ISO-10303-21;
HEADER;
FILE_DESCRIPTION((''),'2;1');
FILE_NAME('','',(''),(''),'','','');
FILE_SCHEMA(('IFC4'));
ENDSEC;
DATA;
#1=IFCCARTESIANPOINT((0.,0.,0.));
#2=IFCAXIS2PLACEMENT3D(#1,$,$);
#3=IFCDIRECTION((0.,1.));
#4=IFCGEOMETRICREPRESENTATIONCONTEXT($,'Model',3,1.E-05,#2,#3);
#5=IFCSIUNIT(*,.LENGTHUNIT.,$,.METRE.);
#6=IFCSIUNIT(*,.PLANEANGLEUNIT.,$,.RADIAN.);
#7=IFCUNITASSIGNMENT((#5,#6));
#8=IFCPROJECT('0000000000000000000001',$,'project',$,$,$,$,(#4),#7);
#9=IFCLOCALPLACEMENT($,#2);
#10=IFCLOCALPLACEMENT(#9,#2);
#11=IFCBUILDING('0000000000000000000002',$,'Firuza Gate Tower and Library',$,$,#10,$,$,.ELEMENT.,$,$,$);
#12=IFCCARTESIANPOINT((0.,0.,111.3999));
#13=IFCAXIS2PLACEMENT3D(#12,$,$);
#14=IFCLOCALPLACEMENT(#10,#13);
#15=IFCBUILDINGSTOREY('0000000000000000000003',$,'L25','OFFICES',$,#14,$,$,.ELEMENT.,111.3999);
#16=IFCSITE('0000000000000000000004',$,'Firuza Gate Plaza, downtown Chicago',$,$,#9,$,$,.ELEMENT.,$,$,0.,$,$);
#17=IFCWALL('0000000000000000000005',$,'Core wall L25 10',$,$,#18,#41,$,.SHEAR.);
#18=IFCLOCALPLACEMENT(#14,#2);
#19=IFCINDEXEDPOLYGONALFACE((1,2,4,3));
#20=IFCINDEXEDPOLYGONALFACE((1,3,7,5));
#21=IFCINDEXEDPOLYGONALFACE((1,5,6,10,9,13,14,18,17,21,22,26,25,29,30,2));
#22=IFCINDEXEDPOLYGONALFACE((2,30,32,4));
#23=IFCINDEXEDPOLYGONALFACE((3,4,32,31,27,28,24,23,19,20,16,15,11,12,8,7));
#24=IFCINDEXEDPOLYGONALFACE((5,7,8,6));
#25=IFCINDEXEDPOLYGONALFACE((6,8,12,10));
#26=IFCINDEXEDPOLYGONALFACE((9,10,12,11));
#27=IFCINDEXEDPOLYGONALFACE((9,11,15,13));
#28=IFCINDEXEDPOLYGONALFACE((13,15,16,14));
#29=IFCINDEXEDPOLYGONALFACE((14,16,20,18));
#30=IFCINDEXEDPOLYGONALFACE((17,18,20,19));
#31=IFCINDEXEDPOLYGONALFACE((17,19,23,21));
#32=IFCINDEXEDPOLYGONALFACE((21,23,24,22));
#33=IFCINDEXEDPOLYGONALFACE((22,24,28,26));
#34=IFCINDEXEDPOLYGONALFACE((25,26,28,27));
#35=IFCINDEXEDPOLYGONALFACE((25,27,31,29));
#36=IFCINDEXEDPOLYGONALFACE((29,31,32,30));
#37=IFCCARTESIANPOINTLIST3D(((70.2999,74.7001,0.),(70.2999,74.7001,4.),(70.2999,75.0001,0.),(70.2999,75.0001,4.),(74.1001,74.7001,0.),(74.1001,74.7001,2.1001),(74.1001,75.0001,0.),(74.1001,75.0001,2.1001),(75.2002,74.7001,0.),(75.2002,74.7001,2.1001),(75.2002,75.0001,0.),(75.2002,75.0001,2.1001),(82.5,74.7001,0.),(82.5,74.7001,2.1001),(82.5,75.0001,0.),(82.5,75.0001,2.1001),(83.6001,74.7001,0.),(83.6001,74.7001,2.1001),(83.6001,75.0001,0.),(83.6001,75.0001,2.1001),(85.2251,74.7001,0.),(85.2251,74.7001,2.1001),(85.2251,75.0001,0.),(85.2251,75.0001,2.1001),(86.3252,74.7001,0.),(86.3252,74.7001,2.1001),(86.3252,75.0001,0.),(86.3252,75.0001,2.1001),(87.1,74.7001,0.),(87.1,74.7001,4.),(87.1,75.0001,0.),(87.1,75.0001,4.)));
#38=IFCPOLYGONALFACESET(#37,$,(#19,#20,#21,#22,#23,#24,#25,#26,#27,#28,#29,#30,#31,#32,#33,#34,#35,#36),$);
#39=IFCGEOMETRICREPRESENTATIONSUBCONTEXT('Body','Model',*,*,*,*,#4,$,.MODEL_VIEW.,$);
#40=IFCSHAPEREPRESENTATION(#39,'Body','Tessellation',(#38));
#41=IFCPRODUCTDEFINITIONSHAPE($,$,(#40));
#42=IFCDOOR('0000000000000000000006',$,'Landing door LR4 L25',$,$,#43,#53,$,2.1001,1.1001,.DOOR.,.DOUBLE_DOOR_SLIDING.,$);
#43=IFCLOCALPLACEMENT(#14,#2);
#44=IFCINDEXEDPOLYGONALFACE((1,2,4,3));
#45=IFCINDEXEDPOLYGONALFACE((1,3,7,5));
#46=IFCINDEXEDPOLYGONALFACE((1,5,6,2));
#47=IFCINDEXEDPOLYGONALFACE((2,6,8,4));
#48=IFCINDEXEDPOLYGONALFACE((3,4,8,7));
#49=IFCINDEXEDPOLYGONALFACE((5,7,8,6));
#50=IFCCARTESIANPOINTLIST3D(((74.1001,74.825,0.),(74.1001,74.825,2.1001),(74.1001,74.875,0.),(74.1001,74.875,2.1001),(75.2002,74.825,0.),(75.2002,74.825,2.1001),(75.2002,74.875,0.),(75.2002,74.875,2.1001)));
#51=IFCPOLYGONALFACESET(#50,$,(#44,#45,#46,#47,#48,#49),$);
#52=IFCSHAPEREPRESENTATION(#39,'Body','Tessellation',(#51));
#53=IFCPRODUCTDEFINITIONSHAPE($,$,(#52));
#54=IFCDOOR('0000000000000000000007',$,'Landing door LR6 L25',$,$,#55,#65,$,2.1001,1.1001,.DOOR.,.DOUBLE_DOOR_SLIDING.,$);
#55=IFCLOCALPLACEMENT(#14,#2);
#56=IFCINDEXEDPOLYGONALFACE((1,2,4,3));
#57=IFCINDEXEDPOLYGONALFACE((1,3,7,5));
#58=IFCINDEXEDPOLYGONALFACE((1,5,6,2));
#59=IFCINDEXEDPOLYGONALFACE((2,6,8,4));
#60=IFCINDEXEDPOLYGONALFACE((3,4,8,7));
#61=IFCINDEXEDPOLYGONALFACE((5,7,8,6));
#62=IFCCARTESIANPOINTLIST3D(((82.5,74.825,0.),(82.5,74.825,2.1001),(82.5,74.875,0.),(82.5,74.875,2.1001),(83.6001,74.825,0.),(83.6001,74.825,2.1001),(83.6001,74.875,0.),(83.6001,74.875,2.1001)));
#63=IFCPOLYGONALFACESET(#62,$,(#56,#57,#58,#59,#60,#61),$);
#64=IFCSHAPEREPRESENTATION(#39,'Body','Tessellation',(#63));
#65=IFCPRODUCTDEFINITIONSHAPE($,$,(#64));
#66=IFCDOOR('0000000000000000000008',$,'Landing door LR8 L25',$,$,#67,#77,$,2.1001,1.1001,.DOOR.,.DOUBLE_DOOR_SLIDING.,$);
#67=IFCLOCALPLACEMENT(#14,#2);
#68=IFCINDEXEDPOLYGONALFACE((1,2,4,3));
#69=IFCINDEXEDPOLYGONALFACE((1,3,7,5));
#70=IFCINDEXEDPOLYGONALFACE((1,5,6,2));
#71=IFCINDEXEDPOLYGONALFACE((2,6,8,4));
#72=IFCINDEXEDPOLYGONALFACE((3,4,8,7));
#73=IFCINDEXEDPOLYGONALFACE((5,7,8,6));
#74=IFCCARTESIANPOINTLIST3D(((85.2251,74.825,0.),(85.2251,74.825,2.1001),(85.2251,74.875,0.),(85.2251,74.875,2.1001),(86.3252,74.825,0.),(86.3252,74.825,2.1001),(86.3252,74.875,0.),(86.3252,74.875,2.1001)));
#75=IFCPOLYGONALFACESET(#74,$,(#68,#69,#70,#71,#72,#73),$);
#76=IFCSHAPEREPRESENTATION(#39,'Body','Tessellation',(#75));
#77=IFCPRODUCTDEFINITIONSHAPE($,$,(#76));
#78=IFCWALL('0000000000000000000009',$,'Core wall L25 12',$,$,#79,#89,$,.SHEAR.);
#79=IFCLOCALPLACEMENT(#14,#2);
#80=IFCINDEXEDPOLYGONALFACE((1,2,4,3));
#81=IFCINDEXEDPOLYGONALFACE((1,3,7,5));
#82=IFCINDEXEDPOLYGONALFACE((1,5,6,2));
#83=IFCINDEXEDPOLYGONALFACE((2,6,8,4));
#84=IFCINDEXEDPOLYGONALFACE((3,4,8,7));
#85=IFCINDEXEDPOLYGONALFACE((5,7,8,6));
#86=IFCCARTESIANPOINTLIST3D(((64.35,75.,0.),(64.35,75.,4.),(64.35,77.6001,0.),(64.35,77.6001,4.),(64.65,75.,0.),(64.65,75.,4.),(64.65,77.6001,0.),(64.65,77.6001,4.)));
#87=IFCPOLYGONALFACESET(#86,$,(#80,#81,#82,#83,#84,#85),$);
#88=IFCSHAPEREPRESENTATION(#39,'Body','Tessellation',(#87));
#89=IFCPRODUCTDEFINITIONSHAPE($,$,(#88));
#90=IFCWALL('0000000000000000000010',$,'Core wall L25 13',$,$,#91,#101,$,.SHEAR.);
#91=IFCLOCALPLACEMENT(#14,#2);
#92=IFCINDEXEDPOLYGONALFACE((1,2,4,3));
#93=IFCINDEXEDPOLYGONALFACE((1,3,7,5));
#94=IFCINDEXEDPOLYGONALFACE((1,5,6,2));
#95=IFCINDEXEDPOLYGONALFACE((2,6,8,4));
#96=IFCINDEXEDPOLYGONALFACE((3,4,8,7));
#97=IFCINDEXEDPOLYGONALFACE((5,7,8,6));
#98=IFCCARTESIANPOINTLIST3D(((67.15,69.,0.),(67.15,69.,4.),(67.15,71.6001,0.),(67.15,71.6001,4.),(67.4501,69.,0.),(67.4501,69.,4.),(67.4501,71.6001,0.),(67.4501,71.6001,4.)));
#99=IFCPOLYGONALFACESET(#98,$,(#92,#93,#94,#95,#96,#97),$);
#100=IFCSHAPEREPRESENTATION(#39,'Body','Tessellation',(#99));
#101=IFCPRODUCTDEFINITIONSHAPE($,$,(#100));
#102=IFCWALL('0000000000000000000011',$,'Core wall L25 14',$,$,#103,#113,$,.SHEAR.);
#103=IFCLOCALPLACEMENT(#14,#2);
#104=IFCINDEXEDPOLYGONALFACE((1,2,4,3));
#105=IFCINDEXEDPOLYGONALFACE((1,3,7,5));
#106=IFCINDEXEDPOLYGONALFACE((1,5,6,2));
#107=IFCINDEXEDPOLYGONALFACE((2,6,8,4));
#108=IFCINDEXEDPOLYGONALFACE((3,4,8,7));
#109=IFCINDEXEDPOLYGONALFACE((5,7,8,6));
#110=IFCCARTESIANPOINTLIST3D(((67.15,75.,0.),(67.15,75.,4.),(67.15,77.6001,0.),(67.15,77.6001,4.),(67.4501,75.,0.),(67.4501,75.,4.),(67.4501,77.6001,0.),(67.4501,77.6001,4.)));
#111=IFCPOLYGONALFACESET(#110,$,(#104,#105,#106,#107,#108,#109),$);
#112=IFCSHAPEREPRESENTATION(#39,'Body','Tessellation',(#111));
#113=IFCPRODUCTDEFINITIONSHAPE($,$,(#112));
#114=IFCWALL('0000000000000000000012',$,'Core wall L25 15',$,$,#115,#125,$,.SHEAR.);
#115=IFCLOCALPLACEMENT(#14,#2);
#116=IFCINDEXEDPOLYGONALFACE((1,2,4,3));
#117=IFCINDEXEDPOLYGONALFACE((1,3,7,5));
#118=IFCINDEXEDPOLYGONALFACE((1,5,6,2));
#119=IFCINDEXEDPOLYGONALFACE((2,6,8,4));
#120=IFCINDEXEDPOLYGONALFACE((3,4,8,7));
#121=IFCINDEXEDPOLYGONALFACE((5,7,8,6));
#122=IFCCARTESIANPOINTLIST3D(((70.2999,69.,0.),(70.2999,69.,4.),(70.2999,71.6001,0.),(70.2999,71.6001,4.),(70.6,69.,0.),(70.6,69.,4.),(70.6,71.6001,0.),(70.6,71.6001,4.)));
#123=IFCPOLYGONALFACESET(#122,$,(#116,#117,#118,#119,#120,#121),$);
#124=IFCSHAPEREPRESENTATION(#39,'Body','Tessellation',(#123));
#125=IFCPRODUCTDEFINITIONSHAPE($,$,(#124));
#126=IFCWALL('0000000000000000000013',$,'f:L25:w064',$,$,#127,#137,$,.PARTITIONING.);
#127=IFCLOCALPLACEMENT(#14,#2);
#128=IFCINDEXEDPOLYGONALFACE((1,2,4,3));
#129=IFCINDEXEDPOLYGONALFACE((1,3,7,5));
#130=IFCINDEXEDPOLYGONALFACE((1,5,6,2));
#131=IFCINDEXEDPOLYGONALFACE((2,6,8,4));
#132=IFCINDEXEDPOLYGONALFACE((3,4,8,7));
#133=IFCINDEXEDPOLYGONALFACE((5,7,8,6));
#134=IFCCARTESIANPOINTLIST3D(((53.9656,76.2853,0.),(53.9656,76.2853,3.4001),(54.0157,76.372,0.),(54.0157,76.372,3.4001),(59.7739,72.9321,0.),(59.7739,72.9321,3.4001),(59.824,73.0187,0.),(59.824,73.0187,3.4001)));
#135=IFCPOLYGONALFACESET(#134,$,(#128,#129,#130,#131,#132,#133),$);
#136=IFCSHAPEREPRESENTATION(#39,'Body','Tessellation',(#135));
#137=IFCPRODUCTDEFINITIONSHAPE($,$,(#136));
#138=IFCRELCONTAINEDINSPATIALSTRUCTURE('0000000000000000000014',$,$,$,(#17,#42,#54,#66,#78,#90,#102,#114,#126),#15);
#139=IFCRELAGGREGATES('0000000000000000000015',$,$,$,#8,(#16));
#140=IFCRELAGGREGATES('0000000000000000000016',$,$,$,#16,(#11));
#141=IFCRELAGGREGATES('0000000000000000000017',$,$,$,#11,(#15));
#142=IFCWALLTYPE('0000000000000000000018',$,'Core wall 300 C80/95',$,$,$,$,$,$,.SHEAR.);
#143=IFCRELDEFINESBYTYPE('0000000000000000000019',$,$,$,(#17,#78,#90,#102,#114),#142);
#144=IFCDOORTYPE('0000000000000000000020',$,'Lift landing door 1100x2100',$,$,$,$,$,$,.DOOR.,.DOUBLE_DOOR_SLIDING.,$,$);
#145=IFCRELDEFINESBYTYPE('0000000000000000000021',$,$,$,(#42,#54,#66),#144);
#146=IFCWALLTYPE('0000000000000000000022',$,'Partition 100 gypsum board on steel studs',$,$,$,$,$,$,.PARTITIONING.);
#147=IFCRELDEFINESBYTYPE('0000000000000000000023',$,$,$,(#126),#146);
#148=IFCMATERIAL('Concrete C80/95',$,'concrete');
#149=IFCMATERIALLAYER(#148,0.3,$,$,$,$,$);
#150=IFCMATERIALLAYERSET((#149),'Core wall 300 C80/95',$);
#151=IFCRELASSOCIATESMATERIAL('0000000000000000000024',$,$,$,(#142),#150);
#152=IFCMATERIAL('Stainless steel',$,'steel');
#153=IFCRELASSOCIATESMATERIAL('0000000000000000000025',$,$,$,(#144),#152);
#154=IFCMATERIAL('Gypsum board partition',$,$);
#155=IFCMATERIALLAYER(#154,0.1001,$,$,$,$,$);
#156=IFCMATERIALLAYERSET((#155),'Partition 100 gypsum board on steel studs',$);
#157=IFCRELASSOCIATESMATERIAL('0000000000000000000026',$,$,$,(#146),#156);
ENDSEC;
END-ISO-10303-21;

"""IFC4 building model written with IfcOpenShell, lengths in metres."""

from ifc_helpers import new_model, si_unit, direction, frame, frame_2d, origin, place, context, subcontext, project, spatial, rectangle, extrude, material, layer, layer_set, type_object, element, fill, save


model = new_model("IFC4")

# Units and contexts
model_context = context("Model", 3, precision=1e-05, world=origin(), true_north=direction((0.0, 1.0)))
body_context = subcontext(model_context, "Body", "Model", "MODEL_VIEW")
ifc_project = project(units=[si_unit("LENGTHUNIT", "METRE"), si_unit("PLANEANGLEUNIT", "RADIAN")], contexts=[model_context])

# Site, building, storey
site_placement = place(None, origin())
site = spatial("IfcSite", under=ifc_project, at=site_placement, Name="Firuza Gate Plaza, downtown Chicago", CompositionType="ELEMENT", RefElevation=0.0)
building_placement = place(site_placement, origin())
building = spatial("IfcBuilding", under=site, at=building_placement, Name="Firuza Gate Tower and Library", CompositionType="ELEMENT")
storey_placement = place(building_placement, frame((0.0, 0.0, 111.3999)))
storey = spatial("IfcBuildingStorey", under=building, at=storey_placement, Name="L25", Description="OFFICES", CompositionType="ELEMENT", Elevation=111.3999)

# Shared definitions
ifc_material_1 = material(Name="Concrete C80/95", Category="concrete")
ifc_layer_1 = layer(ifc_material_1, 0.3)
ifc_layer_set_1 = layer_set([ifc_layer_1], Name="Core wall 300 C80/95")
wall_type_1 = type_object("IfcWallType", Name="Core wall 300 C80/95", PredefinedType="SHEAR", material=ifc_layer_set_1)

# Shared definitions
ifc_material_2 = material(Name="Stainless steel", Category="steel")
door_type_1 = type_object("IfcDoorType", Name="Lift landing door 1100x2100", OperationType="DOUBLE_DOOR_SLIDING", PredefinedType="DOOR", material=ifc_material_2)

# Wall, openings, doors
wall_1_placement = place(storey_placement, frame((70.3, 74.8501, 0.0), z_axis=(0.0, 0.0, 1.0), x_axis=(1.0, 0.0, 0.0)))
wall_1 = element("IfcWall", 1, at=wall_1_placement, inside=storey, type_object=wall_type_1, Name="Core wall L25 10", PredefinedType="SHEAR", context=body_context, shape_type="SweptSolid", body=[
    extrude(rectangle(XDim=16.8, YDim=0.3, at=frame_2d((8.3999, 0.0))), origin(), (0.0, 0.0, 1.0), 4.0),
])
opening_1_placement = place(wall_1_placement, frame((3.8, 0.0, 0.0)))
opening_1 = element("IfcOpeningElement", 2, at=opening_1_placement, cuts=wall_1, PredefinedType="OPENING", context=body_context, shape_type="SweptSolid", body=[
    extrude(rectangle(XDim=1.1001, YDim=2.1001, at=frame_2d((0.55, 1.05))), frame((0.0, 0.1602, 0.0), z_axis=(0.0, -1.0, 0.0), x_axis=(1.0, 0.0, 0.0)), (0.0, 0.0, 1.0), 0.3201),
])
opening_2_placement = place(wall_1_placement, frame((12.2, 0.0, 0.0)))
opening_2 = element("IfcOpeningElement", 3, at=opening_2_placement, cuts=wall_1, PredefinedType="OPENING", context=body_context, shape_type="SweptSolid", body=[
    extrude(rectangle(XDim=1.1001, YDim=2.1001, at=frame_2d((0.55, 1.05))), frame((0.0, 0.1602, 0.0), z_axis=(0.0, -1.0, 0.0), x_axis=(1.0, 0.0, 0.0)), (0.0, 0.0, 1.0), 0.3201),
])
opening_3_placement = place(wall_1_placement, frame((14.925, 0.0, 0.0)))
opening_3 = element("IfcOpeningElement", 4, at=opening_3_placement, cuts=wall_1, PredefinedType="OPENING", context=body_context, shape_type="SweptSolid", body=[
    extrude(rectangle(XDim=1.1001, YDim=2.1001, at=frame_2d((0.55, 1.05))), frame((0.0, 0.1602, 0.0), z_axis=(0.0, -1.0, 0.0), x_axis=(1.0, 0.0, 0.0)), (0.0, 0.0, 1.0), 0.3201),
])
door_1_placement = place(opening_1_placement, origin())
door_1 = element("IfcDoor", 5, at=door_1_placement, inside=storey, type_object=door_type_1, Name="Landing door LR4 L25", OperationType="DOUBLE_DOOR_SLIDING", OverallHeight=2.1001, OverallWidth=1.1001, PredefinedType="DOOR", context=body_context, shape_type="SweptSolid", body=[
    extrude(rectangle(XDim=1.1001, YDim=2.1001, at=frame_2d((0.55, 1.05))), frame((0.0, 0.0249, 0.0), z_axis=(0.0, -1.0, 0.0), x_axis=(1.0, 0.0, 0.0)), (0.0, 0.0, 1.0), 0.05),
])
fill(opening_1, door_1)
door_2_placement = place(opening_2_placement, origin())
door_2 = element("IfcDoor", 6, at=door_2_placement, inside=storey, type_object=door_type_1, Name="Landing door LR6 L25", OperationType="DOUBLE_DOOR_SLIDING", OverallHeight=2.1001, OverallWidth=1.1001, PredefinedType="DOOR", context=body_context, shape_type="SweptSolid", body=[
    extrude(rectangle(XDim=1.1001, YDim=2.1001, at=frame_2d((0.55, 1.05))), frame((0.0, 0.0249, 0.0), z_axis=(0.0, -1.0, 0.0), x_axis=(1.0, 0.0, 0.0)), (0.0, 0.0, 1.0), 0.05),
])
fill(opening_2, door_2)
door_3_placement = place(opening_3_placement, origin())
door_3 = element("IfcDoor", 7, at=door_3_placement, inside=storey, type_object=door_type_1, Name="Landing door LR8 L25", OperationType="DOUBLE_DOOR_SLIDING", OverallHeight=2.1001, OverallWidth=1.1001, PredefinedType="DOOR", context=body_context, shape_type="SweptSolid", body=[
    extrude(rectangle(XDim=1.1001, YDim=2.1001, at=frame_2d((0.55, 1.05))), frame((0.0, 0.0249, 0.0), z_axis=(0.0, -1.0, 0.0), x_axis=(1.0, 0.0, 0.0)), (0.0, 0.0, 1.0), 0.05),
])
fill(opening_3, door_3)

# Walls
for number, where, z_axis, x_axis, name in (
    (8, (64.5, 75.0, 0.0), (0.0, 0.0, 1.0), (0.0, 1.0, 0.0), "Core wall L25 12"),
    (9, (67.3, 69.0, 0.0), (0.0, 0.0, 1.0), (0.0, 1.0, 0.0), "Core wall L25 13"),
    (10, (67.3, 75.0, 0.0), (0.0, 0.0, 1.0), (0.0, 1.0, 0.0), "Core wall L25 14"),
    (11, (70.45, 69.0, 0.0), (0.0, 0.0, 1.0), (0.0, 1.0, 0.0), "Core wall L25 15"),
):
    element("IfcWall", number, at=place(storey_placement, frame(where, z_axis=z_axis, x_axis=x_axis)), inside=storey, type_object=wall_type_1, Name=name, PredefinedType="SHEAR", context=body_context, shape_type="SweptSolid", body=[
        extrude(rectangle(XDim=2.6001, YDim=0.3, at=frame_2d((1.3, 0.0))), origin(), (0.0, 0.0, 1.0), 4.0),
    ])
ifc_material_3 = material(Name="Gypsum board partition")
ifc_layer_2 = layer(ifc_material_3, 0.1001)
ifc_layer_set_2 = layer_set([ifc_layer_2], Name="Partition 100 gypsum board on steel studs")
wall_type_2 = type_object("IfcWallType", Name="Partition 100 gypsum board on steel studs", PredefinedType="PARTITIONING", material=ifc_layer_set_2)
wall_2_placement = place(storey_placement, frame((59.7991, 72.9753, 0.0), z_axis=(0.0, 0.0, 1.0), x_axis=(-0.866037, 0.49998, 0.0)))
element("IfcWall", 12, at=wall_2_placement, inside=storey, type_object=wall_type_2, Name="f:L25:w064", PredefinedType="PARTITIONING", context=body_context, shape_type="SweptSolid", body=[
    extrude(rectangle(XDim=6.7068, YDim=0.1001, at=frame_2d((3.3535, 0.0))), origin(), (0.0, 0.0, 1.0), 3.4001),
])

save(model, "model.ifc")
